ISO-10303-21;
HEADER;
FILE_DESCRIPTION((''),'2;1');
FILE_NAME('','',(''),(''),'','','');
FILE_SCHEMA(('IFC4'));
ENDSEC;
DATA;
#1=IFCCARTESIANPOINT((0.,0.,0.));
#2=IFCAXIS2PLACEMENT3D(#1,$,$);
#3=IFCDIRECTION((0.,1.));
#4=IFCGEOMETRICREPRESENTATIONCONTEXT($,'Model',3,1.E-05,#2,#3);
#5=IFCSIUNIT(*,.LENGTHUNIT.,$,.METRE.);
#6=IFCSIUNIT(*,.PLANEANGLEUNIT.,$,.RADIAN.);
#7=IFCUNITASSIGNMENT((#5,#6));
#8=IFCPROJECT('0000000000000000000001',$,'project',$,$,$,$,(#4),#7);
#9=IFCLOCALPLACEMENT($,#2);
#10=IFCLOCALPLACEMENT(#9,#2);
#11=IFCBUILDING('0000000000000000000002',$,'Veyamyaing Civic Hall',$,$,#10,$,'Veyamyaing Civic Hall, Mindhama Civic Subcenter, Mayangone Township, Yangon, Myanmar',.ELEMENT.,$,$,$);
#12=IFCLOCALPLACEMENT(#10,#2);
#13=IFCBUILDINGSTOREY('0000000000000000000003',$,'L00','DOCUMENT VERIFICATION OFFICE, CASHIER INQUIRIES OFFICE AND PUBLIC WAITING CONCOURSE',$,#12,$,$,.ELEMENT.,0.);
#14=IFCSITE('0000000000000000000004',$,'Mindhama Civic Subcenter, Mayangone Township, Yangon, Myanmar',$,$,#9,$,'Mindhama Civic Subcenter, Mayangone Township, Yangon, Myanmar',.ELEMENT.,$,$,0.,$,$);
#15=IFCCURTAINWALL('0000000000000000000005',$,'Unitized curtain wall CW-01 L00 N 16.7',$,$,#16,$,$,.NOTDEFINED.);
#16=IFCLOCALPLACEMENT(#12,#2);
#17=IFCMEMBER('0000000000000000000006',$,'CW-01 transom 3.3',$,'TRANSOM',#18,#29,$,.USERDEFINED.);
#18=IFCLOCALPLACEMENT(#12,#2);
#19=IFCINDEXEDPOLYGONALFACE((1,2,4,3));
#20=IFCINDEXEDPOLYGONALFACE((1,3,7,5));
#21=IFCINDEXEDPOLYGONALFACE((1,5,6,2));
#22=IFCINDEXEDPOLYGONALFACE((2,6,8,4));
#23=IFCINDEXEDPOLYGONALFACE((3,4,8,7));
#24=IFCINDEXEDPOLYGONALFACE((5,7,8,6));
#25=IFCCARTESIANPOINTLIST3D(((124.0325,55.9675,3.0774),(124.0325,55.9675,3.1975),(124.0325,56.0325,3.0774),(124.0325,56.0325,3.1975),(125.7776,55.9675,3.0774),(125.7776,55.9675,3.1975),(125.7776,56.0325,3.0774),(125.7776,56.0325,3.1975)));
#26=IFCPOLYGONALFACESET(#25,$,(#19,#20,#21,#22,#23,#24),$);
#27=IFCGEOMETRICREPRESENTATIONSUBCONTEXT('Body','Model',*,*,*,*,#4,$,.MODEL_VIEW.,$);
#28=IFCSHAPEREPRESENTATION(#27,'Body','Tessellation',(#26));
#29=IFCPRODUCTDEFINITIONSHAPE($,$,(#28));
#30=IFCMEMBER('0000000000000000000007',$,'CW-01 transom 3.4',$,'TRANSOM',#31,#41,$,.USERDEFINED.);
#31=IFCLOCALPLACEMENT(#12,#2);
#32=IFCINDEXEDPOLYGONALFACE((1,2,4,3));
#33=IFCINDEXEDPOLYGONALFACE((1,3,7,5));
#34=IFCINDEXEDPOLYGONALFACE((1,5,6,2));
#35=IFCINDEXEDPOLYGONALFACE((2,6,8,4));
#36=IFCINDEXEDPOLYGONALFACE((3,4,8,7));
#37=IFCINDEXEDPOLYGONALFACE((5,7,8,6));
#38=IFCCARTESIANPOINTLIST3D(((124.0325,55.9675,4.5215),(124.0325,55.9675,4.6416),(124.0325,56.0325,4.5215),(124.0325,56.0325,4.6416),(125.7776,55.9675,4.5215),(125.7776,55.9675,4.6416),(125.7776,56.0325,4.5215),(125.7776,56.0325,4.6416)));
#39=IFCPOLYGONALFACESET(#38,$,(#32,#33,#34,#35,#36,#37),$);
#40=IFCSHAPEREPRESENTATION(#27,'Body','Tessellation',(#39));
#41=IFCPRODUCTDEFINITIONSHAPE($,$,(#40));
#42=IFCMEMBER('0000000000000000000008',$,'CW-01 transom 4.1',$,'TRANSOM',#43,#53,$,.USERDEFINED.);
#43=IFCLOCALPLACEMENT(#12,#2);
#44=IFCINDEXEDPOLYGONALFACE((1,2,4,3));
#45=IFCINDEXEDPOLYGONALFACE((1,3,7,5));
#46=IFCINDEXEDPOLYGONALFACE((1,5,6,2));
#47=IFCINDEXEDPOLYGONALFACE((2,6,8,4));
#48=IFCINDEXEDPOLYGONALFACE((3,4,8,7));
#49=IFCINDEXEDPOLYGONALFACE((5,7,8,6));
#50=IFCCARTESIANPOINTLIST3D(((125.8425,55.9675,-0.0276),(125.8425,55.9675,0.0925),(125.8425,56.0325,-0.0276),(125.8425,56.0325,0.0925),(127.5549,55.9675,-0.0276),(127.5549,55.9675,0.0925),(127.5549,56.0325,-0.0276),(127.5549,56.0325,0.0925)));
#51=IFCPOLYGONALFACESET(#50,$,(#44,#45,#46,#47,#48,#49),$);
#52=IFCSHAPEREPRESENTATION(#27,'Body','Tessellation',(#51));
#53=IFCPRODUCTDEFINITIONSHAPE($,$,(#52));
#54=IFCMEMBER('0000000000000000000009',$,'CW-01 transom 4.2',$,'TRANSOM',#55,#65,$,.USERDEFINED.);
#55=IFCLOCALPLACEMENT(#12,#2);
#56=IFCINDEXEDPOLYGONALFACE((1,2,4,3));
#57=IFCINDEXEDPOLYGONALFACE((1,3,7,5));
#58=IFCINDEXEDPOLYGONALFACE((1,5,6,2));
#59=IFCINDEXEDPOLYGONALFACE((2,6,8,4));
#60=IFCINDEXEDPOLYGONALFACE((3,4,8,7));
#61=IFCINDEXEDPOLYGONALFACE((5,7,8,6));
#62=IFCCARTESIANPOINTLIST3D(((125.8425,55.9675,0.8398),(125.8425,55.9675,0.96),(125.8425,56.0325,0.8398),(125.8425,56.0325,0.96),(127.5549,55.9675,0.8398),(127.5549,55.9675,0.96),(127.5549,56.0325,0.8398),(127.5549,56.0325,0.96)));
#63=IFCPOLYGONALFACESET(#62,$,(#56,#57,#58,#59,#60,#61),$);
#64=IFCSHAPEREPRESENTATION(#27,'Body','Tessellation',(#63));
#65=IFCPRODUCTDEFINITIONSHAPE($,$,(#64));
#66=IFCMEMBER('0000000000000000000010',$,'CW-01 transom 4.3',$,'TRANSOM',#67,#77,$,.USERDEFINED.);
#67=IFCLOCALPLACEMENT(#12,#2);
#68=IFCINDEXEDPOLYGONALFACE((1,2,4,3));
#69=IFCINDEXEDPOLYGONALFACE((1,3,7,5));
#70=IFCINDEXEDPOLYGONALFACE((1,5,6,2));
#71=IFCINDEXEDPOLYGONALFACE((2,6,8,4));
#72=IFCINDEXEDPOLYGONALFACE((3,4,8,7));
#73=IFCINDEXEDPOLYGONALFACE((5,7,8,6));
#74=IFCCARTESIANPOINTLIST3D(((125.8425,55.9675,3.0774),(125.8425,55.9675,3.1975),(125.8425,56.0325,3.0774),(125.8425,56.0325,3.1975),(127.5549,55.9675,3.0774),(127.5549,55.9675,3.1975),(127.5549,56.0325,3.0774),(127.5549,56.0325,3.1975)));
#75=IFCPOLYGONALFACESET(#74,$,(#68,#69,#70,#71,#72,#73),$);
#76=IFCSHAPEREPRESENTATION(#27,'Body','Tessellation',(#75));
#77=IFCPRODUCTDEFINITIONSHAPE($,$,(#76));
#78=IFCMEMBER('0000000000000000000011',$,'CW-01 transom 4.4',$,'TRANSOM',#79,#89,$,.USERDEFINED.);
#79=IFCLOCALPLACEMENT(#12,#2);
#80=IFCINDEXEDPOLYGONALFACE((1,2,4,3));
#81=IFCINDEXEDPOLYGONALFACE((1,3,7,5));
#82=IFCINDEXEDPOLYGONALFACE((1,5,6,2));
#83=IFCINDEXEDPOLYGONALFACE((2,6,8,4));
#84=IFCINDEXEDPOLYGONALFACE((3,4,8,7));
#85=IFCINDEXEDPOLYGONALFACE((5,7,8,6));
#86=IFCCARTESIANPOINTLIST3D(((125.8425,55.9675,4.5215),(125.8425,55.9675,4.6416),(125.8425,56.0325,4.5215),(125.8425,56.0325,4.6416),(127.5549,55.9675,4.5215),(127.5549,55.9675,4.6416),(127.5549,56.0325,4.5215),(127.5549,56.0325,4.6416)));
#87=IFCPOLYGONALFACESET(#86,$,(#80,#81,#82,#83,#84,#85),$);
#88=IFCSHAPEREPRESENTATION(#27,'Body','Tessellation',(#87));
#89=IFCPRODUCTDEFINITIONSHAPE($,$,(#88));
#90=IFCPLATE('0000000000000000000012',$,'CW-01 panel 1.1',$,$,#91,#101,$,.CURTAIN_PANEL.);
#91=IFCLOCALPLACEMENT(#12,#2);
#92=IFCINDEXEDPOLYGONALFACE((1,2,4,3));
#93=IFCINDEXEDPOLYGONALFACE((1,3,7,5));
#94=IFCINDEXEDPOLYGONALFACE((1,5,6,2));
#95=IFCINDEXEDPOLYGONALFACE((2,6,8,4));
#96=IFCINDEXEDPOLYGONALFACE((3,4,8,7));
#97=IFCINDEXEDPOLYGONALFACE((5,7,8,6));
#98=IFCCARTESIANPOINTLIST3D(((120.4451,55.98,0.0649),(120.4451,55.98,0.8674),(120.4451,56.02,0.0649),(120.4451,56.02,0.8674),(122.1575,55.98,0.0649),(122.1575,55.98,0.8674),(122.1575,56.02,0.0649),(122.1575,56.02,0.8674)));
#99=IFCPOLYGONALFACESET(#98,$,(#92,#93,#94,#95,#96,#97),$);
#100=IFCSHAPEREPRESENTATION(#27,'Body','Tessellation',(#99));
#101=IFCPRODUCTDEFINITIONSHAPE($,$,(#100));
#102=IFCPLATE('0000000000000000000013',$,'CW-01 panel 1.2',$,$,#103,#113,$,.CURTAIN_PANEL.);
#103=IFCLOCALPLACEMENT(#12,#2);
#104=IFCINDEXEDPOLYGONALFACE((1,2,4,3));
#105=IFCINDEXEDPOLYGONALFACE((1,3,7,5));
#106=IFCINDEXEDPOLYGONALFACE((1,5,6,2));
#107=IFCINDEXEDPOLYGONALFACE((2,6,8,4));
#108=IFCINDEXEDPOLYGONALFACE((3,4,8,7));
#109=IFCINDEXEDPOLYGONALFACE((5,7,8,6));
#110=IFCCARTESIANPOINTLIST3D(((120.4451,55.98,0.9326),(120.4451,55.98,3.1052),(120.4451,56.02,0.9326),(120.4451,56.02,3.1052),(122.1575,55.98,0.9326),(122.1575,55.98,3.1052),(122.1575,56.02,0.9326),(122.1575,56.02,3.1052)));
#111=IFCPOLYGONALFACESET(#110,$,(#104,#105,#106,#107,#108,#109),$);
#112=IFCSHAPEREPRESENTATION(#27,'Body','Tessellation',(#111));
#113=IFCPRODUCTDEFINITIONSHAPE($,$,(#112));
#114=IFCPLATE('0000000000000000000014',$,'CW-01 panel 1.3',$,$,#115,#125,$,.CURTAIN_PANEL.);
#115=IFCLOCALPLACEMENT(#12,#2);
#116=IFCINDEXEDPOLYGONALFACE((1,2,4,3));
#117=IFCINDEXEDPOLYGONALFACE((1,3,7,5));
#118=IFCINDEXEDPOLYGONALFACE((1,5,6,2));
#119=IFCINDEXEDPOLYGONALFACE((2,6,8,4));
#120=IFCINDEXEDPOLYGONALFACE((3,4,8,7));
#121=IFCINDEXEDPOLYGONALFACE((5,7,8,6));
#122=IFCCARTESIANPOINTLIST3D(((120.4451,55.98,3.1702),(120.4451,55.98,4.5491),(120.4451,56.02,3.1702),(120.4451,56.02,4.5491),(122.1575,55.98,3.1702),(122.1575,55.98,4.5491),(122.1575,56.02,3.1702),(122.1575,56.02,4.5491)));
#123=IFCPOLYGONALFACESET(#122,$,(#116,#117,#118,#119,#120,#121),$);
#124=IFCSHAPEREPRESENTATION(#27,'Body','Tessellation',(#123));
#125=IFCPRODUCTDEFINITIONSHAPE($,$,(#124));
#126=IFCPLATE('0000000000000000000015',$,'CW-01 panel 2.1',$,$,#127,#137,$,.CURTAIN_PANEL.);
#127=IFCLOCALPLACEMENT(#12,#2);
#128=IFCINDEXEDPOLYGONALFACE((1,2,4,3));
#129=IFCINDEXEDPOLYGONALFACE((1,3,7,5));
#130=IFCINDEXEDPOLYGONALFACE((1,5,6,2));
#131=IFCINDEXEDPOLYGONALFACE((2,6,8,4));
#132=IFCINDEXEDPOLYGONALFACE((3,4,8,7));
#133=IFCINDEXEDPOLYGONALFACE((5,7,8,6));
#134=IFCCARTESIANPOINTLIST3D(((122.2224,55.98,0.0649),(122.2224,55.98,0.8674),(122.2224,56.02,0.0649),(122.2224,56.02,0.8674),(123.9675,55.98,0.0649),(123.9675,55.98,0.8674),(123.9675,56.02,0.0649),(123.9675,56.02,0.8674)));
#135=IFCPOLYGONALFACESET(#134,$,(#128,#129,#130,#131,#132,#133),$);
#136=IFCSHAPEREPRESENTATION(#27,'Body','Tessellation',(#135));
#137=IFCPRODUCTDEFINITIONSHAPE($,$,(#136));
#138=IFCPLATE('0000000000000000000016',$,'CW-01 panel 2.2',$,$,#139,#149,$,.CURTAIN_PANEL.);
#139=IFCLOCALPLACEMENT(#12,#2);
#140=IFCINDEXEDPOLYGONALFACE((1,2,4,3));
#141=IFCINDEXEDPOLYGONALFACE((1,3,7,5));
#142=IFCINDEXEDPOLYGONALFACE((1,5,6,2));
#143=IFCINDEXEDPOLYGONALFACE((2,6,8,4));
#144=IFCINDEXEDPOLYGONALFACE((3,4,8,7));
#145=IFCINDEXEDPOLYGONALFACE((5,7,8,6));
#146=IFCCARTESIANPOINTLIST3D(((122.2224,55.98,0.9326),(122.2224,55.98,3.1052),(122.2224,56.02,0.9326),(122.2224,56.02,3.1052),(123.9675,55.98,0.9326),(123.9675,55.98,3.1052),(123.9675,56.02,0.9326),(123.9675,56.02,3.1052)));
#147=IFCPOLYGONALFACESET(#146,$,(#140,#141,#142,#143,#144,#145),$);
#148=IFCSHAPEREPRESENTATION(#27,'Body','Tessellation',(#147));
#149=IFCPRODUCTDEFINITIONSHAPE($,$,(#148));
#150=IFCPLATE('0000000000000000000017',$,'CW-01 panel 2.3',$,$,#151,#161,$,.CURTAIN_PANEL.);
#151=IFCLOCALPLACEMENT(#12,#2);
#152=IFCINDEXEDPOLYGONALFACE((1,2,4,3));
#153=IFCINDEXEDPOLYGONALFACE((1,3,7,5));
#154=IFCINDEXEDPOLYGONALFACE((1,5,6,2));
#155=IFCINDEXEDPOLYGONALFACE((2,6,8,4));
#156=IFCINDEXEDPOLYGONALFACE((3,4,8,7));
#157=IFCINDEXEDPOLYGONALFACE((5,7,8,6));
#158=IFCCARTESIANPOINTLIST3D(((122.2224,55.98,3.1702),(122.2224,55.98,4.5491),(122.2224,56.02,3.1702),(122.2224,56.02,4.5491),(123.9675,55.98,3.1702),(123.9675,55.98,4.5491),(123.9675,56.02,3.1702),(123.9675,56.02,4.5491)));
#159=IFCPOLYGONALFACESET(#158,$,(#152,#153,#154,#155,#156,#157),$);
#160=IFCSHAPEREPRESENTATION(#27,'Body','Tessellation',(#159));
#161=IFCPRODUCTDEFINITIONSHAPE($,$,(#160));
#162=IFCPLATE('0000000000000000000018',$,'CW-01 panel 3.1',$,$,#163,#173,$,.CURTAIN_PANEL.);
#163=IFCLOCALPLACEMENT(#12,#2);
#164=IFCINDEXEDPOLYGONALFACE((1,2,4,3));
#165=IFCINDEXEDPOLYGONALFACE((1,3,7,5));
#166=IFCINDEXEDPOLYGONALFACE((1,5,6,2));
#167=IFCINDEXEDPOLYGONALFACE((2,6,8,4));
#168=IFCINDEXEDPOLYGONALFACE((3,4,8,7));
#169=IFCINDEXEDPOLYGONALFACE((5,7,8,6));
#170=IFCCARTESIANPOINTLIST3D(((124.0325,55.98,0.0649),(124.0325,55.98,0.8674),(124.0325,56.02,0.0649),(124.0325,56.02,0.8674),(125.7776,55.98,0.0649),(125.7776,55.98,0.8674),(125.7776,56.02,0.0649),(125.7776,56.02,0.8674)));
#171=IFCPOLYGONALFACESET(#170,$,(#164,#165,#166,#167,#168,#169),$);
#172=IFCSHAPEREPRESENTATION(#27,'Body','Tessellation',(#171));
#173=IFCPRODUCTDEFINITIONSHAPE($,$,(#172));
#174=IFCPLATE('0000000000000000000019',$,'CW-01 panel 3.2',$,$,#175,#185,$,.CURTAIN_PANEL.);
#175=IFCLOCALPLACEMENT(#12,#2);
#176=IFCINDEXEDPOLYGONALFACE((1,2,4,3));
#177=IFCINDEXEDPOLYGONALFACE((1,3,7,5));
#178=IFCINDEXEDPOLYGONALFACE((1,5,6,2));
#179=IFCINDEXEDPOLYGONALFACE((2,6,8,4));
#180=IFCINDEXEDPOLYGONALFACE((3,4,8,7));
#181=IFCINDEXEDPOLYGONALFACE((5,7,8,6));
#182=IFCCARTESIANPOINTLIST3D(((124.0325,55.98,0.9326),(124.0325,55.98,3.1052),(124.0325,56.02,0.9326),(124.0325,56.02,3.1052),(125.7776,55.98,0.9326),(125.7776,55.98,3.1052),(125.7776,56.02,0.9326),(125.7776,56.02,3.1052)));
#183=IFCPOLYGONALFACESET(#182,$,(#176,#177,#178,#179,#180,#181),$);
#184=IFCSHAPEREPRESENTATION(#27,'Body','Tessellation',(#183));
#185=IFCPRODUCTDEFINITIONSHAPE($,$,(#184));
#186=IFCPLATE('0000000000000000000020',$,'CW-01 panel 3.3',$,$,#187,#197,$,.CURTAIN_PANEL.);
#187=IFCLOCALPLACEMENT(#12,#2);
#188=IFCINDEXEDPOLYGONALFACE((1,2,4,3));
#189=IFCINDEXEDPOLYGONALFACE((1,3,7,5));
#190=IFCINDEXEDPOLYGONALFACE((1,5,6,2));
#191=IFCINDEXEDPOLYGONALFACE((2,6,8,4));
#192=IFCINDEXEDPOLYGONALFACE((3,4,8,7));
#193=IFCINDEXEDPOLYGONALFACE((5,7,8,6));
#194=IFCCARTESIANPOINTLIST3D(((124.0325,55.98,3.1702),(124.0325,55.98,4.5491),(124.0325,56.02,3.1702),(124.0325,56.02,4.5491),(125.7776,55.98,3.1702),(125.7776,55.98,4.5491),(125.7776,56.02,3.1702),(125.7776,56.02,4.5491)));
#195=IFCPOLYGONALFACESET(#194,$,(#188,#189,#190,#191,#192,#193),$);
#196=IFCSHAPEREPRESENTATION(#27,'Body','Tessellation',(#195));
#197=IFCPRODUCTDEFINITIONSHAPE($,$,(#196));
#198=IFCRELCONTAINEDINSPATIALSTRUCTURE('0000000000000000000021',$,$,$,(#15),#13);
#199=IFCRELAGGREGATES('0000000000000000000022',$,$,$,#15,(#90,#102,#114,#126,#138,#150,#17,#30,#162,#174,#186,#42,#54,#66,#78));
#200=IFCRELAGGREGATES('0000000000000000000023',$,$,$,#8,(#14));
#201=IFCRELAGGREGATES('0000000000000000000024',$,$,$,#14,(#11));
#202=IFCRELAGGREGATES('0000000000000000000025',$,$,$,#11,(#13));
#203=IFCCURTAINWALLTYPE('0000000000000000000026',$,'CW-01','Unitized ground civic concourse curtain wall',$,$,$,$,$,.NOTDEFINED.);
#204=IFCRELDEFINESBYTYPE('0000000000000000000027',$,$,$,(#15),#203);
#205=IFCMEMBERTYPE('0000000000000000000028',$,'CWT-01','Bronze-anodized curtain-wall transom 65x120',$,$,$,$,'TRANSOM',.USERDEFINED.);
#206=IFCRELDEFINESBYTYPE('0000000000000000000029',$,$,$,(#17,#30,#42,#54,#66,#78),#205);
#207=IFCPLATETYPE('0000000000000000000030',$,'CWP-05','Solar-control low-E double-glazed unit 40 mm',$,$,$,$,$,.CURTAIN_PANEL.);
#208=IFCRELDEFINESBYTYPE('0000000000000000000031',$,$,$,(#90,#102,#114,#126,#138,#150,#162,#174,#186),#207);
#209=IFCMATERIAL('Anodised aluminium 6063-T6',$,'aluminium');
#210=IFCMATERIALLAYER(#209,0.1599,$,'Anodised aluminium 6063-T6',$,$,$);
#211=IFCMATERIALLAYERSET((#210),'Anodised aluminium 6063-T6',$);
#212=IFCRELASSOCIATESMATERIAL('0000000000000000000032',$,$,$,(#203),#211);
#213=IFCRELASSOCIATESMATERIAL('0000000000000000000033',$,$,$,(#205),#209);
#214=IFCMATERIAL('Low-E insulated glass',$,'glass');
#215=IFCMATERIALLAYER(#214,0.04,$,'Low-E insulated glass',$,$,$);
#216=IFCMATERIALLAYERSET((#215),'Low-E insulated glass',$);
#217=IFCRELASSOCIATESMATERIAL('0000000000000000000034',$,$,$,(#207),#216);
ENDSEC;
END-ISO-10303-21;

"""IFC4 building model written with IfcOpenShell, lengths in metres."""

from ifc_helpers import new_model, si_unit, direction, frame, origin, origin_2d, place, context, subcontext, project, spatial, rectangle, extrude, material, layer, layer_set, material_profile, profile_set, type_object, element, aggregate, save


model = new_model("IFC4")

# Units and contexts
model_context = context("Model", 3, precision=1e-05, world=origin(), true_north=direction((0.0, 1.0)))
body_context = subcontext(model_context, "Body", "Model", "MODEL_VIEW")
ifc_project = project(units=[si_unit("LENGTHUNIT", "METRE"), si_unit("PLANEANGLEUNIT", "RADIAN")], contexts=[model_context])

# Site, building, storey
site_placement = place(None, origin())
site = spatial("IfcSite", under=ifc_project, at=site_placement, Name="Mindhama Civic Subcenter, Mayangone Township, Yangon, Myanmar", LongName="Mindhama Civic Subcenter, Mayangone Township, Yangon, Myanmar", CompositionType="ELEMENT", RefElevation=0.0)
building_placement = place(site_placement, origin())
building = spatial("IfcBuilding", under=site, at=building_placement, Name="Veyamyaing Civic Hall", LongName="Veyamyaing Civic Hall, Mindhama Civic Subcenter, Mayangone Township, Yangon, Myanmar", CompositionType="ELEMENT")
storey_placement = place(building_placement, origin())
storey = spatial("IfcBuildingStorey", under=building, at=storey_placement, Name="L00", Description="DOCUMENT VERIFICATION OFFICE, CASHIER INQUIRIES OFFICE AND PUBLIC WAITING CONCOURSE", CompositionType="ELEMENT", Elevation=0.0)

# Curtain wall, members, plates
ifc_material_1 = material(Name="Anodised aluminium 6063-T6", Category="aluminium")
ifc_layer_1 = layer(ifc_material_1, 0.1599, Name="Anodised aluminium 6063-T6")
ifc_layer_set_1 = layer_set([ifc_layer_1], Name="Anodised aluminium 6063-T6")
curtain_wall_type = type_object("IfcCurtainWallType", Name="CW-01", Description="Unitized ground civic concourse curtain wall", PredefinedType="NOTDEFINED", material=ifc_layer_set_1)
curtain_wall_placement = place(storey_placement, origin())
curtain_wall = element("IfcCurtainWall", 1, at=curtain_wall_placement, inside=storey, type_object=curtain_wall_type, Name="Unitized curtain wall CW-01 L00 N 16.7", PredefinedType="NOTDEFINED")
ifc_material_profile_1 = material_profile(ifc_material_1, rectangle(XDim=0.0649, YDim=0.1201, at=origin_2d()), Name="ALU-TRN-65X120")
ifc_profile_set_1 = profile_set([ifc_material_profile_1], Name="Anodised aluminium 6063-T6")
member_type_1 = type_object("IfcMemberType", Name="CWT-01", Description="Bronze-anodized curtain-wall transom 65x120", ElementType="TRANSOM", PredefinedType="USERDEFINED", material=ifc_profile_set_1)
member_1_placement = place(storey_placement, frame((124.0325, 56.0, 3.1375), z_axis=(1.0, 0.0, 0.0), x_axis=(0.0, 1.0, 0.0)))
member_1 = element("IfcMember", 2, at=member_1_placement, type_object=member_type_1, Name="CW-01 transom 3.3", ObjectType="TRANSOM", PredefinedType="USERDEFINED", context=body_context, shape_type="SweptSolid", body=[
    extrude(rectangle(XDim=0.0649, YDim=0.1201, at=origin_2d()), origin(), (0.0, 0.0, 1.0), 1.7451),
])
member_2_placement = place(storey_placement, frame((124.0325, 56.0, 4.5815), z_axis=(1.0, 0.0, 0.0), x_axis=(0.0, 1.0, 0.0)))
member_2 = element("IfcMember", 3, at=member_2_placement, type_object=member_type_1, Name="CW-01 transom 3.4", ObjectType="TRANSOM", PredefinedType="USERDEFINED", context=body_context, shape_type="SweptSolid", body=[
    extrude(rectangle(XDim=0.0649, YDim=0.1201, at=origin_2d()), origin(), (0.0, 0.0, 1.0), 1.7451),
])
member_3_placement = place(storey_placement, frame((125.8425, 56.0, 0.0325), z_axis=(1.0, 0.0, 0.0), x_axis=(0.0, 1.0, 0.0)))
member_3 = element("IfcMember", 4, at=member_3_placement, type_object=member_type_1, Name="CW-01 transom 4.1", ObjectType="TRANSOM", PredefinedType="USERDEFINED", context=body_context, shape_type="SweptSolid", body=[
    extrude(rectangle(XDim=0.0649, YDim=0.1201, at=origin_2d()), origin(), (0.0, 0.0, 1.0), 1.7124),
])
member_4_placement = place(storey_placement, frame((125.8425, 56.0, 0.8999), z_axis=(1.0, 0.0, 0.0), x_axis=(0.0, 1.0, 0.0)))
member_4 = element("IfcMember", 5, at=member_4_placement, type_object=member_type_1, Name="CW-01 transom 4.2", ObjectType="TRANSOM", PredefinedType="USERDEFINED", context=body_context, shape_type="SweptSolid", body=[
    extrude(rectangle(XDim=0.0649, YDim=0.1201, at=origin_2d()), origin(), (0.0, 0.0, 1.0), 1.7124),
])
member_5_placement = place(storey_placement, frame((125.8425, 56.0, 3.1375), z_axis=(1.0, 0.0, 0.0), x_axis=(0.0, 1.0, 0.0)))
member_5 = element("IfcMember", 6, at=member_5_placement, type_object=member_type_1, Name="CW-01 transom 4.3", ObjectType="TRANSOM", PredefinedType="USERDEFINED", context=body_context, shape_type="SweptSolid", body=[
    extrude(rectangle(XDim=0.0649, YDim=0.1201, at=origin_2d()), origin(), (0.0, 0.0, 1.0), 1.7124),
])
member_6_placement = place(storey_placement, frame((125.8425, 56.0, 4.5815), z_axis=(1.0, 0.0, 0.0), x_axis=(0.0, 1.0, 0.0)))
member_6 = element("IfcMember", 7, at=member_6_placement, type_object=member_type_1, Name="CW-01 transom 4.4", ObjectType="TRANSOM", PredefinedType="USERDEFINED", context=body_context, shape_type="SweptSolid", body=[
    extrude(rectangle(XDim=0.0649, YDim=0.1201, at=origin_2d()), origin(), (0.0, 0.0, 1.0), 1.7124),
])
ifc_material_2 = material(Name="Low-E insulated glass", Category="glass")
ifc_layer_2 = layer(ifc_material_2, 0.04, Name="Low-E insulated glass")
ifc_layer_set_2 = layer_set([ifc_layer_2], Name="Low-E insulated glass")
plate_type = type_object("IfcPlateType", Name="CWP-05", Description="Solar-control low-E double-glazed unit 40 mm", PredefinedType="CURTAIN_PANEL", material=ifc_layer_set_2)
plate_1_placement = place(storey_placement, frame((121.3013, 56.0, 0.0649), z_axis=(0.0, 0.0, 1.0), x_axis=(1.0, 0.0, 0.0)))
plate_1 = element("IfcPlate", 8, at=plate_1_placement, type_object=plate_type, Name="CW-01 panel 1.1", PredefinedType="CURTAIN_PANEL", context=body_context, shape_type="SweptSolid", body=[
    extrude(rectangle(XDim=1.7124, YDim=0.04, at=origin_2d()), origin(), (0.0, 0.0, 1.0), 0.8025),
])
plate_2_placement = place(storey_placement, frame((121.3013, 56.0, 0.9326), z_axis=(0.0, 0.0, 1.0), x_axis=(1.0, 0.0, 0.0)))
plate_2 = element("IfcPlate", 9, at=plate_2_placement, type_object=plate_type, Name="CW-01 panel 1.2", PredefinedType="CURTAIN_PANEL", context=body_context, shape_type="SweptSolid", body=[
    extrude(rectangle(XDim=1.7124, YDim=0.04, at=origin_2d()), origin(), (0.0, 0.0, 1.0), 2.1726),
])
plate_3_placement = place(storey_placement, frame((121.3013, 56.0, 3.1702), z_axis=(0.0, 0.0, 1.0), x_axis=(1.0, 0.0, 0.0)))
plate_3 = element("IfcPlate", 10, at=plate_3_placement, type_object=plate_type, Name="CW-01 panel 1.3", PredefinedType="CURTAIN_PANEL", context=body_context, shape_type="SweptSolid", body=[
    extrude(rectangle(XDim=1.7124, YDim=0.04, at=origin_2d()), origin(), (0.0, 0.0, 1.0), 1.3789),
])
plate_4_placement = place(storey_placement, frame((123.095, 56.0, 0.0649), z_axis=(0.0, 0.0, 1.0), x_axis=(1.0, 0.0, 0.0)))
plate_4 = element("IfcPlate", 11, at=plate_4_placement, type_object=plate_type, Name="CW-01 panel 2.1", PredefinedType="CURTAIN_PANEL", context=body_context, shape_type="SweptSolid", body=[
    extrude(rectangle(XDim=1.7451, YDim=0.04, at=origin_2d()), origin(), (0.0, 0.0, 1.0), 0.8025),
])
plate_5_placement = place(storey_placement, frame((123.095, 56.0, 0.9326), z_axis=(0.0, 0.0, 1.0), x_axis=(1.0, 0.0, 0.0)))
plate_5 = element("IfcPlate", 12, at=plate_5_placement, type_object=plate_type, Name="CW-01 panel 2.2", PredefinedType="CURTAIN_PANEL", context=body_context, shape_type="SweptSolid", body=[
    extrude(rectangle(XDim=1.7451, YDim=0.04, at=origin_2d()), origin(), (0.0, 0.0, 1.0), 2.1726),
])
plate_6_placement = place(storey_placement, frame((123.095, 56.0, 3.1702), z_axis=(0.0, 0.0, 1.0), x_axis=(1.0, 0.0, 0.0)))
plate_6 = element("IfcPlate", 13, at=plate_6_placement, type_object=plate_type, Name="CW-01 panel 2.3", PredefinedType="CURTAIN_PANEL", context=body_context, shape_type="SweptSolid", body=[
    extrude(rectangle(XDim=1.7451, YDim=0.04, at=origin_2d()), origin(), (0.0, 0.0, 1.0), 1.3789),
])
plate_7_placement = place(storey_placement, frame((124.905, 56.0, 0.0649), z_axis=(0.0, 0.0, 1.0), x_axis=(1.0, 0.0, 0.0)))
plate_7 = element("IfcPlate", 14, at=plate_7_placement, type_object=plate_type, Name="CW-01 panel 3.1", PredefinedType="CURTAIN_PANEL", context=body_context, shape_type="SweptSolid", body=[
    extrude(rectangle(XDim=1.7451, YDim=0.04, at=origin_2d()), origin(), (0.0, 0.0, 1.0), 0.8025),
])
plate_8_placement = place(storey_placement, frame((124.905, 56.0, 0.9326), z_axis=(0.0, 0.0, 1.0), x_axis=(1.0, 0.0, 0.0)))
plate_8 = element("IfcPlate", 15, at=plate_8_placement, type_object=plate_type, Name="CW-01 panel 3.2", PredefinedType="CURTAIN_PANEL", context=body_context, shape_type="SweptSolid", body=[
    extrude(rectangle(XDim=1.7451, YDim=0.04, at=origin_2d()), origin(), (0.0, 0.0, 1.0), 2.1726),
])
plate_9_placement = place(storey_placement, frame((124.905, 56.0, 3.1702), z_axis=(0.0, 0.0, 1.0), x_axis=(1.0, 0.0, 0.0)))
plate_9 = element("IfcPlate", 16, at=plate_9_placement, type_object=plate_type, Name="CW-01 panel 3.3", PredefinedType="CURTAIN_PANEL", context=body_context, shape_type="SweptSolid", body=[
    extrude(rectangle(XDim=1.7451, YDim=0.04, at=origin_2d()), origin(), (0.0, 0.0, 1.0), 1.3789),
])
aggregate(curtain_wall, [plate_1, plate_2, plate_3, plate_4, plate_5, plate_6, member_1, member_2, plate_7, plate_8, plate_9, member_3, member_4, member_5, member_6])

save(model, "model.ifc")
